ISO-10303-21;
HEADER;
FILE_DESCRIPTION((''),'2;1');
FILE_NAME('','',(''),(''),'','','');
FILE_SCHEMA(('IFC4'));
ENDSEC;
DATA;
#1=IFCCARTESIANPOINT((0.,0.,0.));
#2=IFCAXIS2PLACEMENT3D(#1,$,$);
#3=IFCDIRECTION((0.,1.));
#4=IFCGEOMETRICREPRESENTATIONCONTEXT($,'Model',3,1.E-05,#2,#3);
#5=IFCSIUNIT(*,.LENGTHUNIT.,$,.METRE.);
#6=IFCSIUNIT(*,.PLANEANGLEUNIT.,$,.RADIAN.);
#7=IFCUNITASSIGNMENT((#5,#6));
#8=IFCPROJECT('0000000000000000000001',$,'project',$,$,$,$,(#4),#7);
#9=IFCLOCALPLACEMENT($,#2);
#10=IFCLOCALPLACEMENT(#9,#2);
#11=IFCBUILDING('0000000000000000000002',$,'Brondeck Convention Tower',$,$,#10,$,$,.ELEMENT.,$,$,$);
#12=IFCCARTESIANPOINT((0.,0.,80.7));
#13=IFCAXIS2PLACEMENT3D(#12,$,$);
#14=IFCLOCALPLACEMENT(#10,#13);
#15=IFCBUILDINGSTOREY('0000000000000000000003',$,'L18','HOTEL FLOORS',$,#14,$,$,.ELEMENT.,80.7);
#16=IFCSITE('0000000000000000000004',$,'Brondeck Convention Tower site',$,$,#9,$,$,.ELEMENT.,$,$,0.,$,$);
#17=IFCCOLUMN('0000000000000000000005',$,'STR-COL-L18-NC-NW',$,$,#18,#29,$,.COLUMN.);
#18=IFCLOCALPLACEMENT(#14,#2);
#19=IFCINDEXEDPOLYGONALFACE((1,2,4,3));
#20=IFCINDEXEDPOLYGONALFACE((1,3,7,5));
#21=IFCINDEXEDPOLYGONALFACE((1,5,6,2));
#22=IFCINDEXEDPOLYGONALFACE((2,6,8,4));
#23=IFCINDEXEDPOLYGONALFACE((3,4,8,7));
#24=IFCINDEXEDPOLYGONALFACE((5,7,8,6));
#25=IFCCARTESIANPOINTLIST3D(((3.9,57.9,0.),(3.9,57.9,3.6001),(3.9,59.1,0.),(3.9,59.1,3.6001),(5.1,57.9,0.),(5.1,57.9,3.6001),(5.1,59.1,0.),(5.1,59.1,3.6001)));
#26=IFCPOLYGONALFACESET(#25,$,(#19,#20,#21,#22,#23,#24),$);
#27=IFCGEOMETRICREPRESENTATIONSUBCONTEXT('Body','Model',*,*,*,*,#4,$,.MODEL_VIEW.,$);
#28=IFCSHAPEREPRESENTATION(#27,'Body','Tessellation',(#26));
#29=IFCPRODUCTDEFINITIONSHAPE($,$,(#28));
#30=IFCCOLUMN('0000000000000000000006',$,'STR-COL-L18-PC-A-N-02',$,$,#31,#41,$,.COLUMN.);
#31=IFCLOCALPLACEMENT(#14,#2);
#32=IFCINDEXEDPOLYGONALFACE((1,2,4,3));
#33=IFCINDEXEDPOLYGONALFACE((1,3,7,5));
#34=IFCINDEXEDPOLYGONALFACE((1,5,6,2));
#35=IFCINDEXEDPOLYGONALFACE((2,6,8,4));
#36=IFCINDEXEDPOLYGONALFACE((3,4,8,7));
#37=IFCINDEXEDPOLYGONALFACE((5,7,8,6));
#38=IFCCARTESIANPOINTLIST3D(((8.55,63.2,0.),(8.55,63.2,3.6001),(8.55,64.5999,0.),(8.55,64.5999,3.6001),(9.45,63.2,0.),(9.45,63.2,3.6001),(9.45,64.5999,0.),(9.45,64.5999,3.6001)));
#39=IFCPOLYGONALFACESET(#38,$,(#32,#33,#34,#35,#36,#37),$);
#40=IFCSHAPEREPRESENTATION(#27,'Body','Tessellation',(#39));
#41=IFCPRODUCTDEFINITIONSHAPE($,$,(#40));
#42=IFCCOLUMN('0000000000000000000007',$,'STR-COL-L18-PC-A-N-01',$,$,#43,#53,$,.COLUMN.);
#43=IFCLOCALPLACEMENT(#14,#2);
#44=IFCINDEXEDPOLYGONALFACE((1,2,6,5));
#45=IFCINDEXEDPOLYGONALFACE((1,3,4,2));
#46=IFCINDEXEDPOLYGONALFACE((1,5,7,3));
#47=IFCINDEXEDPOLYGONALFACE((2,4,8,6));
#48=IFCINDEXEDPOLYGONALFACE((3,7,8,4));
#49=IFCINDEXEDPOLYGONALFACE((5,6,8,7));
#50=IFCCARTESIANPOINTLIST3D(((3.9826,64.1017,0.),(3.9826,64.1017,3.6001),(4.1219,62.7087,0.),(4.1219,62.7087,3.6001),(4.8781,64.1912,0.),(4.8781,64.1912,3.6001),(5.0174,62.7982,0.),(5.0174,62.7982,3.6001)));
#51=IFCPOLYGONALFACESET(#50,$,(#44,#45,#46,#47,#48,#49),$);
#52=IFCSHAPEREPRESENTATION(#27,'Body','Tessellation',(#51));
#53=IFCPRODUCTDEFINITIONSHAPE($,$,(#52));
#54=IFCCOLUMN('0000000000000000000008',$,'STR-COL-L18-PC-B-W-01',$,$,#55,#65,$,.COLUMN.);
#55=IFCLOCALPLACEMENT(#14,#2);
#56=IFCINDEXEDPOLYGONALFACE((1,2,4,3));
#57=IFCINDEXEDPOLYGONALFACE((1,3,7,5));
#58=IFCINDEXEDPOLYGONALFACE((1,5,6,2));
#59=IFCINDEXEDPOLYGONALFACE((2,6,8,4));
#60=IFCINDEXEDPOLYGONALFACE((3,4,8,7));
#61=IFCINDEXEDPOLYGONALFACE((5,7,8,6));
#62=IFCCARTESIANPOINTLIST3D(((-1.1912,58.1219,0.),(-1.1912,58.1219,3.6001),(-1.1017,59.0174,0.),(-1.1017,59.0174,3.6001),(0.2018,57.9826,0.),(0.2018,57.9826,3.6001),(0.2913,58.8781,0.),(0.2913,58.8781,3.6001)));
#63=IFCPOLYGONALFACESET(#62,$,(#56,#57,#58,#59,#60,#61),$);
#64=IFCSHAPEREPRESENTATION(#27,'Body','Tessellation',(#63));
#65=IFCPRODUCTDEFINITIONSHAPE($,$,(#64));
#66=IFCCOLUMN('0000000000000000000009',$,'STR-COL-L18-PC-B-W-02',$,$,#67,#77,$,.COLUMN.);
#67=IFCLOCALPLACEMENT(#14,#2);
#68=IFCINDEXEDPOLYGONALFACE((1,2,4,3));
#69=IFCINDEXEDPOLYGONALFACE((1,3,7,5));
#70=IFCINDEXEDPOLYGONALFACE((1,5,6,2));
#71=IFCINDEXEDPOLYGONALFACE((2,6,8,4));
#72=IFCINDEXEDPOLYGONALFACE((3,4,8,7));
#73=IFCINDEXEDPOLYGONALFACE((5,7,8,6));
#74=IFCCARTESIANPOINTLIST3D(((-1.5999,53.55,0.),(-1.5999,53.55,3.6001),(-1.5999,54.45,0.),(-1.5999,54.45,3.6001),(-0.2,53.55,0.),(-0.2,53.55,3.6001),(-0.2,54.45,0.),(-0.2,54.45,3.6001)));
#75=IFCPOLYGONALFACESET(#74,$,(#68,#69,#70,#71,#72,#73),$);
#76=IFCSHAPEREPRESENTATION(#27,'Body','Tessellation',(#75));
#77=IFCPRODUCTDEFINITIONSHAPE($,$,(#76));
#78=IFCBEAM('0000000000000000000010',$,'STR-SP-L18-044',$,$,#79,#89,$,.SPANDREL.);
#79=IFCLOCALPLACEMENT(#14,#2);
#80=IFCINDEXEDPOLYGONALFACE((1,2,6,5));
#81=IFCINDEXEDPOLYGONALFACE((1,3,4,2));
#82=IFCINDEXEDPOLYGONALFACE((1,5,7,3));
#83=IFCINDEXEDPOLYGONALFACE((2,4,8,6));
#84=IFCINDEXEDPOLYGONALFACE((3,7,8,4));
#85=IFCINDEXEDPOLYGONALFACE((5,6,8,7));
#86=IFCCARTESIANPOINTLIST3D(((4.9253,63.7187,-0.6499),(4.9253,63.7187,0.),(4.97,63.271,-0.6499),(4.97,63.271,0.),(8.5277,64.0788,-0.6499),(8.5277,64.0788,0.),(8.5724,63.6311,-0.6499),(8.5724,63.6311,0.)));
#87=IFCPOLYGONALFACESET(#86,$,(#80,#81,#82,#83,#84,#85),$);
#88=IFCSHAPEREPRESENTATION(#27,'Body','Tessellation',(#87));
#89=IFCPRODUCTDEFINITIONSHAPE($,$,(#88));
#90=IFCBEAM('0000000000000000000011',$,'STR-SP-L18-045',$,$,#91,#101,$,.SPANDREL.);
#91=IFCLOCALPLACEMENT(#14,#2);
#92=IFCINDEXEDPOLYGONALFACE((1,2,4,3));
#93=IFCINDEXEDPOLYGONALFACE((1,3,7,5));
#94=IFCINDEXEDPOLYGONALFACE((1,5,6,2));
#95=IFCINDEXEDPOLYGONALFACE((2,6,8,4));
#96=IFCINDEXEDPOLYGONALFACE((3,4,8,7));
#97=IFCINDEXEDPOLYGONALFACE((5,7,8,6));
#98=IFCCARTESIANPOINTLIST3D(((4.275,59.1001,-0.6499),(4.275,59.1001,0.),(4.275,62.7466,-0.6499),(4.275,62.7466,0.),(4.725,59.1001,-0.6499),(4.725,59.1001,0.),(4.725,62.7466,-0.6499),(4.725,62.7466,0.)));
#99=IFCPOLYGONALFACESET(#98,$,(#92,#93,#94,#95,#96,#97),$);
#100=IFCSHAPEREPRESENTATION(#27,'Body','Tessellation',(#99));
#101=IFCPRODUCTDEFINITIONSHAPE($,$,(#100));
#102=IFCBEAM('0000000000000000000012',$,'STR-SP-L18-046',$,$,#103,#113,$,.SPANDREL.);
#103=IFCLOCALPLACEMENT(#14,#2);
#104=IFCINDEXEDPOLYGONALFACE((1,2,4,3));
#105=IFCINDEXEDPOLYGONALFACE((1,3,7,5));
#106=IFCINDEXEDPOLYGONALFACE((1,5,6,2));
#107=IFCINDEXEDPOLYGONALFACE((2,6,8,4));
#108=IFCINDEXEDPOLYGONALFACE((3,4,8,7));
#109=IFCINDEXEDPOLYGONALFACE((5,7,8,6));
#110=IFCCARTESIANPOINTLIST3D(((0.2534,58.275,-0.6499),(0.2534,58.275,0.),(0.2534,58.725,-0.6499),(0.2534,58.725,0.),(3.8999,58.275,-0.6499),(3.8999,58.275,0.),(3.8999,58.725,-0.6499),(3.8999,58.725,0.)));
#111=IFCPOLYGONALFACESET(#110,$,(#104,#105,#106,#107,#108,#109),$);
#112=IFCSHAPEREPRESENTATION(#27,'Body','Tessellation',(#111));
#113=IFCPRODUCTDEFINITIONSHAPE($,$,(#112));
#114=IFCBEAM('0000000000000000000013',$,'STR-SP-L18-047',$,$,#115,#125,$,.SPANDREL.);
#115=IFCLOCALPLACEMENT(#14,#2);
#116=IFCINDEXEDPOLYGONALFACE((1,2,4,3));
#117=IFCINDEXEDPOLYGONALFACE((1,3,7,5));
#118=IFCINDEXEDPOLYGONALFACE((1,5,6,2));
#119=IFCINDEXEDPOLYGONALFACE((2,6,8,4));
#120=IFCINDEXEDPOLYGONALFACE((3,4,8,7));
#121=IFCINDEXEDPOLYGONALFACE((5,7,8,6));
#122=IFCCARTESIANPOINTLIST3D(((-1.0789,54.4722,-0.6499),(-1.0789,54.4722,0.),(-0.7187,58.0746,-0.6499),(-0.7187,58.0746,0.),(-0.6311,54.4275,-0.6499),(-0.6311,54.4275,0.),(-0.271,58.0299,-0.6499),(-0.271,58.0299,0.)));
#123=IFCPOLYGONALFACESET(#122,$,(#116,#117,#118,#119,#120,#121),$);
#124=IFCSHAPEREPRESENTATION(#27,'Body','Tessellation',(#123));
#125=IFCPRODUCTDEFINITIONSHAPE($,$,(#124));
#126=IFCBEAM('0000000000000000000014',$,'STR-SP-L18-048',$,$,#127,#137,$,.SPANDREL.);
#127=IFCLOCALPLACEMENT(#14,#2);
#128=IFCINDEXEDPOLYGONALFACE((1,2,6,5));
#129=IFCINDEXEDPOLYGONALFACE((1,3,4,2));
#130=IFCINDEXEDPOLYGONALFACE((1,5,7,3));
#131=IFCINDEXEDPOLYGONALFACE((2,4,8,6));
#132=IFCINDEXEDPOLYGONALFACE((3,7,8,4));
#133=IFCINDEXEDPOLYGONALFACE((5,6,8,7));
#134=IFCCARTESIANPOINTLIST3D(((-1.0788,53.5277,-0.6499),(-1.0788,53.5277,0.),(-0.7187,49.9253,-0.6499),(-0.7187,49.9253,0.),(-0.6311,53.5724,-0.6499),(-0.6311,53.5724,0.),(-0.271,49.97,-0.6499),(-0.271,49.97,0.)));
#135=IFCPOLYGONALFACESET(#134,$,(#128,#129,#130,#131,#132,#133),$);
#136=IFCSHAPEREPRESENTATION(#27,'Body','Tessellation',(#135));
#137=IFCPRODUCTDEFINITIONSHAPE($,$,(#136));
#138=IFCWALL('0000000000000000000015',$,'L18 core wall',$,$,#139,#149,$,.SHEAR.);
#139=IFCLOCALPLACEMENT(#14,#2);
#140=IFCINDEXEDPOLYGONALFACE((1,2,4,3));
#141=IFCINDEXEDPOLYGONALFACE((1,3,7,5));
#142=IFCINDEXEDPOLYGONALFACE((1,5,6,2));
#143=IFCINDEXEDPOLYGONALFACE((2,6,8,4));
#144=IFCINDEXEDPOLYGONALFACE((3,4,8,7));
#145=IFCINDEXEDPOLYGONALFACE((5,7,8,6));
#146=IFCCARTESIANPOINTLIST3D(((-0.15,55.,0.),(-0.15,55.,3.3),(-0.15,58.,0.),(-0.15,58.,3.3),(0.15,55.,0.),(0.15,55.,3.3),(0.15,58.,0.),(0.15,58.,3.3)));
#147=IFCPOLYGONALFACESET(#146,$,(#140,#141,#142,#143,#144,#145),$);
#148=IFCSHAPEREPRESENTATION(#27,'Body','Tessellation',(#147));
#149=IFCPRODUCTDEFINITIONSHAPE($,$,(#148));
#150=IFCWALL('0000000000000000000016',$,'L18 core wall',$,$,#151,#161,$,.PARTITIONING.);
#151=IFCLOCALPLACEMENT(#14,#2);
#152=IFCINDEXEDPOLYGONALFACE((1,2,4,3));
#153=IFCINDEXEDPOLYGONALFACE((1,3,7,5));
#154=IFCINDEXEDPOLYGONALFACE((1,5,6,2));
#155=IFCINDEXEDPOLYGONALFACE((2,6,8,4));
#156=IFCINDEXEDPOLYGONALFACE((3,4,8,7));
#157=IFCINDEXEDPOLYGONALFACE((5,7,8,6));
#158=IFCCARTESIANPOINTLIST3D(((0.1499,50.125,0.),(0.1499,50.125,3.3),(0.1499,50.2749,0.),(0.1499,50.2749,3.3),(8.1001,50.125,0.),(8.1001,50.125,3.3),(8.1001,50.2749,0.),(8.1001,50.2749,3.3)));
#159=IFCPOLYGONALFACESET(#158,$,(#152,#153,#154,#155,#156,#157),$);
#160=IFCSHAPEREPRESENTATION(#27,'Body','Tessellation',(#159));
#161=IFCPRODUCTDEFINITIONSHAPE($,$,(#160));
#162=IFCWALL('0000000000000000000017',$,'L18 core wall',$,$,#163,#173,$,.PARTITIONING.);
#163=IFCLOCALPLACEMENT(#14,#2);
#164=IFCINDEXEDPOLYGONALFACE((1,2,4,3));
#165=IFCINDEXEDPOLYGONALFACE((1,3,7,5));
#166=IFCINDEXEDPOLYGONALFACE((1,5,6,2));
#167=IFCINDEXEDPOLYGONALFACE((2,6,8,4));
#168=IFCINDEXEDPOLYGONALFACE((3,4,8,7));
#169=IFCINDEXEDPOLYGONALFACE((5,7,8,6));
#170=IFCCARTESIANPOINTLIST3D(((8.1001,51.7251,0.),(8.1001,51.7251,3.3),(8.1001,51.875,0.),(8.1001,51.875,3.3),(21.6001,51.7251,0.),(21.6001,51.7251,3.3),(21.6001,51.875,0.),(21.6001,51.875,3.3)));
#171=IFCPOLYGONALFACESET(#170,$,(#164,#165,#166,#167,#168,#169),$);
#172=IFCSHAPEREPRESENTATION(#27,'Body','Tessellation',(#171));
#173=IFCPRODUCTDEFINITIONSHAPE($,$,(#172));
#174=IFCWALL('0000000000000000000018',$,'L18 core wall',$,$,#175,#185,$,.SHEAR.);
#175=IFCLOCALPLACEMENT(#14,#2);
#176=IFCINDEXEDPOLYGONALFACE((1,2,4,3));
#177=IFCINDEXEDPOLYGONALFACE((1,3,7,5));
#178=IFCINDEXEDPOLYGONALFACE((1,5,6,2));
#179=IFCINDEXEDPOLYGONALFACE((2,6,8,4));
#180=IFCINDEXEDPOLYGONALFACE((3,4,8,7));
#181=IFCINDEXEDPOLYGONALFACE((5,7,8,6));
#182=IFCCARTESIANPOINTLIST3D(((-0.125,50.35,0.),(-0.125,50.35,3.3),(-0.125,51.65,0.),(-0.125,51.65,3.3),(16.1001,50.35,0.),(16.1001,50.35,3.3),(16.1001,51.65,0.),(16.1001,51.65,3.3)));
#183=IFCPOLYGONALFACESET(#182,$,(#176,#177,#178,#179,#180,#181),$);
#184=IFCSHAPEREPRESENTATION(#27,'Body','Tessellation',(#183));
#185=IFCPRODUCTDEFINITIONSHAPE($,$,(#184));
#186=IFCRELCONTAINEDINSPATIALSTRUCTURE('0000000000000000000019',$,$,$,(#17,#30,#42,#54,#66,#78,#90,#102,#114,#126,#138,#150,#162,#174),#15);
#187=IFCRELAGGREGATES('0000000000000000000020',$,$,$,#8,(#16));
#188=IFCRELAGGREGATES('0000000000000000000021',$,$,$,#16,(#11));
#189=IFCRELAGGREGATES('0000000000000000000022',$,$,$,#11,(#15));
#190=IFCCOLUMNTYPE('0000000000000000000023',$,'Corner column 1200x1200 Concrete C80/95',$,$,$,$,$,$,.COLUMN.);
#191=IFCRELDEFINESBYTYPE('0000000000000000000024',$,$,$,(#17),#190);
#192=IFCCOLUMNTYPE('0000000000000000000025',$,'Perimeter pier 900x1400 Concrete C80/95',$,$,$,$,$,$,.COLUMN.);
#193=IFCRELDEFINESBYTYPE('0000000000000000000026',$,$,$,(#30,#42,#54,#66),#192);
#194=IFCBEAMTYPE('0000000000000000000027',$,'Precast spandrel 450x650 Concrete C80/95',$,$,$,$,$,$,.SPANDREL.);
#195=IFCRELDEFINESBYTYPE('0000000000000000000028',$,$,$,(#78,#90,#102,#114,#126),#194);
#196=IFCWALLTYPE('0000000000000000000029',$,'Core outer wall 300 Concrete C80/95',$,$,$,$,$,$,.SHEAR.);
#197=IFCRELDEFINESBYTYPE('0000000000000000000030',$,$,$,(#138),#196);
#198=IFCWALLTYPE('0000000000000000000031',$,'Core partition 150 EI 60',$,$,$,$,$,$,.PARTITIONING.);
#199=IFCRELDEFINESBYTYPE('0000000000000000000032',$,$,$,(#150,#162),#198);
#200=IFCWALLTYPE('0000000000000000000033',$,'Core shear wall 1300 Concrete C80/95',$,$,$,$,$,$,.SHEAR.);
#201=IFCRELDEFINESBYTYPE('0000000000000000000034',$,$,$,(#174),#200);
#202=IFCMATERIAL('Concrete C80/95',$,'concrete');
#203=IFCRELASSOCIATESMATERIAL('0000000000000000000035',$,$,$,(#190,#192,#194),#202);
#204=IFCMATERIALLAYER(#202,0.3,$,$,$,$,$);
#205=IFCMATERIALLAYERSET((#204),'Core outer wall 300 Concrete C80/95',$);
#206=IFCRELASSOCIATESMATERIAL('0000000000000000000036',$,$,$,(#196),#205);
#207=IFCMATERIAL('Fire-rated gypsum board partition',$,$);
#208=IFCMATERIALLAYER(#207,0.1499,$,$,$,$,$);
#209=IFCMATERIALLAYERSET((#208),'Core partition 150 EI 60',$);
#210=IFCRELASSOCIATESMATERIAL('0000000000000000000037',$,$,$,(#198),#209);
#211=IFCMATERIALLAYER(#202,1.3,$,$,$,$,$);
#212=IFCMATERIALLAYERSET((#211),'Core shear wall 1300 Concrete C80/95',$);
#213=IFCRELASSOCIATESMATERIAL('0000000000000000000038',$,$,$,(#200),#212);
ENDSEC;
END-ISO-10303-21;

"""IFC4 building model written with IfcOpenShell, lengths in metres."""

from ifc_helpers import new_model, si_unit, direction, frame, frame_2d, origin, origin_2d, place, context, subcontext, project, spatial, rectangle, extrude, material, layer, layer_set, material_profile, profile_set, type_object, element, save


model = new_model("IFC4")

# Units and contexts
model_context = context("Model", 3, precision=1e-05, world=origin(), true_north=direction((0.0, 1.0)))
body_context = subcontext(model_context, "Body", "Model", "MODEL_VIEW")
ifc_project = project(units=[si_unit("LENGTHUNIT", "METRE"), si_unit("PLANEANGLEUNIT", "RADIAN")], contexts=[model_context])

# Site, building, storey
site_placement = place(None, origin())
site = spatial("IfcSite", under=ifc_project, at=site_placement, Name="Brondeck Convention Tower site", CompositionType="ELEMENT", RefElevation=0.0)
building_placement = place(site_placement, origin())
building = spatial("IfcBuilding", under=site, at=building_placement, Name="Brondeck Convention Tower", CompositionType="ELEMENT")
storey_placement = place(building_placement, frame((0.0, 0.0, 80.7)))
storey = spatial("IfcBuildingStorey", under=building, at=storey_placement, Name="L18", Description="HOTEL FLOORS", CompositionType="ELEMENT", Elevation=80.7)

# Columns
ifc_material_1 = material(Name="Concrete C80/95", Category="concrete")
ifc_material_profile_1 = material_profile(ifc_material_1, rectangle(XDim=1.2, YDim=1.2, at=origin_2d()), Name="Corner column 1200x1200 Concrete C80/95")
ifc_profile_set_1 = profile_set([ifc_material_profile_1], Name="Concrete C80/95")
column_type_1 = type_object("IfcColumnType", Name="Corner column 1200x1200 Concrete C80/95", PredefinedType="COLUMN", material=ifc_profile_set_1)
column_placement = place(storey_placement, frame((4.5, 58.5, 0.0), z_axis=(0.0, 0.0, 1.0), x_axis=(1.0, 0.0, 0.0)))
element("IfcColumn", 1, at=column_placement, inside=storey, type_object=column_type_1, Name="STR-COL-L18-NC-NW", PredefinedType="COLUMN", context=body_context, shape_type="SweptSolid", body=[
    extrude(rectangle(XDim=1.2, YDim=1.2, at=origin_2d()), origin(), (0.0, 0.0, 1.0), 3.6001),
])
ifc_material_profile_2 = material_profile(ifc_material_1, rectangle(XDim=0.8999, YDim=1.3999, at=origin_2d()), Name="Perimeter pier 900x1400 Concrete C80/95")
ifc_profile_set_2 = profile_set([ifc_material_profile_2], Name="Concrete C80/95")
column_type_2 = type_object("IfcColumnType", Name="Perimeter pier 900x1400 Concrete C80/95", PredefinedType="COLUMN", material=ifc_profile_set_2)
for number, where, z_axis, x_axis, name in (
    (2, (9.0, 63.8999, 0.0), (0.0, 0.0, 1.0), (-1.0, 0.0, 0.0), "STR-COL-L18-PC-A-N-02"),
    (3, (4.5, 63.45, 0.0), (0.0, 0.0, 1.0), (-0.995037, -0.099504, 0.0), "STR-COL-L18-PC-A-N-01"),
    (4, (-0.45, 58.5, 0.0), (0.0, 0.0, 1.0), (-0.099504, -0.995037, 0.0), "STR-COL-L18-PC-B-W-01"),
    (5, (-0.8999, 54.0, 0.0), (0.0, 0.0, 1.0), (0.0, -1.0, 0.0), "STR-COL-L18-PC-B-W-02"),
):
    element("IfcColumn", number, at=place(storey_placement, frame(where, z_axis=z_axis, x_axis=x_axis)), inside=storey, type_object=column_type_2, Name=name, PredefinedType="COLUMN", context=body_context, shape_type="SweptSolid", body=[
        extrude(rectangle(XDim=0.8999, YDim=1.3999, at=origin_2d()), origin(), (0.0, 0.0, 1.0), 3.6001),
    ])

# Beams
ifc_material_profile_3 = material_profile(ifc_material_1, rectangle(XDim=0.45, YDim=0.6499, at=origin_2d()), Name="Precast spandrel 450x650 Concrete C80/95")
ifc_profile_set_3 = profile_set([ifc_material_profile_3], Name="Concrete C80/95")
beam_type = type_object("IfcBeamType", Name="Precast spandrel 450x650 Concrete C80/95", PredefinedType="SPANDREL", material=ifc_profile_set_3)
beam_placement = place(storey_placement, frame((8.55, 63.855, -0.325), z_axis=(-0.995041, -0.09947, 0.0), x_axis=(0.09947, -0.995041, 0.0)))
element("IfcBeam", 6, at=beam_placement, inside=storey, type_object=beam_type, Name="STR-SP-L18-044", PredefinedType="SPANDREL", context=body_context, shape_type="SweptSolid", body=[
    extrude(rectangle(XDim=0.45, YDim=0.6499, at=origin_2d()), origin(), (0.0, 0.0, 1.0), 3.6204),
])
for number, where, z_axis, x_axis, name in (
    (7, (4.5, 62.7466, -0.325), (0.0, -1.0, 0.0), (1.0, 0.0, 0.0), "STR-SP-L18-045"),
    (8, (3.8999, 58.5, -0.325), (-1.0, 0.0, 0.0), (0.0, -1.0, 0.0), "STR-SP-L18-046"),
):
    element("IfcBeam", number, at=place(storey_placement, frame(where, z_axis=z_axis, x_axis=x_axis)), inside=storey, type_object=beam_type, Name=name, PredefinedType="SPANDREL", context=body_context, shape_type="SweptSolid", body=[
        extrude(rectangle(XDim=0.45, YDim=0.6499, at=origin_2d()), origin(), (0.0, 0.0, 1.0), 3.6465),
    ])
for number, where, z_axis, x_axis, name in (
    (9, (-0.4949, 58.0522, -0.325), (-0.09947, -0.995041, 0.0), (0.995041, -0.09947, 0.0), "STR-SP-L18-047"),
    (10, (-0.855, 53.55, -0.325), (0.09947, -0.995041, 0.0), (0.995041, 0.09947, 0.0), "STR-SP-L18-048"),
):
    element("IfcBeam", number, at=place(storey_placement, frame(where, z_axis=z_axis, x_axis=x_axis)), inside=storey, type_object=beam_type, Name=name, PredefinedType="SPANDREL", context=body_context, shape_type="SweptSolid", body=[
        extrude(rectangle(XDim=0.45, YDim=0.6499, at=origin_2d()), origin(), (0.0, 0.0, 1.0), 3.6204),
    ])

# Walls
ifc_layer_1 = layer(ifc_material_1, 0.3)
ifc_layer_set_1 = layer_set([ifc_layer_1], Name="Core outer wall 300 Concrete C80/95")
wall_type_1 = type_object("IfcWallType", Name="Core outer wall 300 Concrete C80/95", PredefinedType="SHEAR", material=ifc_layer_set_1)
wall_1_placement = place(storey_placement, frame((0.0, 55.0, 0.0), z_axis=(0.0, 0.0, 1.0), x_axis=(0.0, 1.0, 0.0)))
element("IfcWall", 11, at=wall_1_placement, inside=storey, type_object=wall_type_1, Name="L18 core wall", PredefinedType="SHEAR", context=body_context, shape_type="SweptSolid", body=[
    extrude(rectangle(XDim=3.0, YDim=0.3, at=frame_2d((1.5, 0.0))), origin(), (0.0, 0.0, 1.0), 3.3),
])
ifc_material_2 = material(Name="Fire-rated gypsum board partition")
ifc_layer_2 = layer(ifc_material_2, 0.1499)
ifc_layer_set_2 = layer_set([ifc_layer_2], Name="Core partition 150 EI 60")
wall_type_2 = type_object("IfcWallType", Name="Core partition 150 EI 60", PredefinedType="PARTITIONING", material=ifc_layer_set_2)
wall_2_placement = place(storey_placement, frame((0.1499, 50.2, 0.0), z_axis=(0.0, 0.0, 1.0), x_axis=(1.0, 0.0, 0.0)))
element("IfcWall", 12, at=wall_2_placement, inside=storey, type_object=wall_type_2, Name="L18 core wall", PredefinedType="PARTITIONING", context=body_context, shape_type="SweptSolid", body=[
    extrude(rectangle(XDim=7.9502, YDim=0.1499, at=frame_2d((3.9751, 0.0))), origin(), (0.0, 0.0, 1.0), 3.3),
])
wall_3_placement = place(storey_placement, frame((8.1001, 51.8, 0.0), z_axis=(0.0, 0.0, 1.0), x_axis=(1.0, 0.0, 0.0)))
element("IfcWall", 13, at=wall_3_placement, inside=storey, type_object=wall_type_2, Name="L18 core wall", PredefinedType="PARTITIONING", context=body_context, shape_type="SweptSolid", body=[
    extrude(rectangle(XDim=13.5, YDim=0.1499, at=frame_2d((6.75, 0.0))), origin(), (0.0, 0.0, 1.0), 3.3),
])
ifc_layer_3 = layer(ifc_material_1, 1.3)
ifc_layer_set_3 = layer_set([ifc_layer_3], Name="Core shear wall 1300 Concrete C80/95")
wall_type_3 = type_object("IfcWallType", Name="Core shear wall 1300 Concrete C80/95", PredefinedType="SHEAR", material=ifc_layer_set_3)
wall_4_placement = place(storey_placement, frame((-0.125, 51.0, 0.0), z_axis=(0.0, 0.0, 1.0), x_axis=(1.0, 0.0, 0.0)))
element("IfcWall", 14, at=wall_4_placement, inside=storey, type_object=wall_type_3, Name="L18 core wall", PredefinedType="SHEAR", context=body_context, shape_type="SweptSolid", body=[
    extrude(rectangle(XDim=16.2251, YDim=1.3, at=frame_2d((8.1125, 0.0))), origin(), (0.0, 0.0, 1.0), 3.3),
])

save(model, "model.ifc")
